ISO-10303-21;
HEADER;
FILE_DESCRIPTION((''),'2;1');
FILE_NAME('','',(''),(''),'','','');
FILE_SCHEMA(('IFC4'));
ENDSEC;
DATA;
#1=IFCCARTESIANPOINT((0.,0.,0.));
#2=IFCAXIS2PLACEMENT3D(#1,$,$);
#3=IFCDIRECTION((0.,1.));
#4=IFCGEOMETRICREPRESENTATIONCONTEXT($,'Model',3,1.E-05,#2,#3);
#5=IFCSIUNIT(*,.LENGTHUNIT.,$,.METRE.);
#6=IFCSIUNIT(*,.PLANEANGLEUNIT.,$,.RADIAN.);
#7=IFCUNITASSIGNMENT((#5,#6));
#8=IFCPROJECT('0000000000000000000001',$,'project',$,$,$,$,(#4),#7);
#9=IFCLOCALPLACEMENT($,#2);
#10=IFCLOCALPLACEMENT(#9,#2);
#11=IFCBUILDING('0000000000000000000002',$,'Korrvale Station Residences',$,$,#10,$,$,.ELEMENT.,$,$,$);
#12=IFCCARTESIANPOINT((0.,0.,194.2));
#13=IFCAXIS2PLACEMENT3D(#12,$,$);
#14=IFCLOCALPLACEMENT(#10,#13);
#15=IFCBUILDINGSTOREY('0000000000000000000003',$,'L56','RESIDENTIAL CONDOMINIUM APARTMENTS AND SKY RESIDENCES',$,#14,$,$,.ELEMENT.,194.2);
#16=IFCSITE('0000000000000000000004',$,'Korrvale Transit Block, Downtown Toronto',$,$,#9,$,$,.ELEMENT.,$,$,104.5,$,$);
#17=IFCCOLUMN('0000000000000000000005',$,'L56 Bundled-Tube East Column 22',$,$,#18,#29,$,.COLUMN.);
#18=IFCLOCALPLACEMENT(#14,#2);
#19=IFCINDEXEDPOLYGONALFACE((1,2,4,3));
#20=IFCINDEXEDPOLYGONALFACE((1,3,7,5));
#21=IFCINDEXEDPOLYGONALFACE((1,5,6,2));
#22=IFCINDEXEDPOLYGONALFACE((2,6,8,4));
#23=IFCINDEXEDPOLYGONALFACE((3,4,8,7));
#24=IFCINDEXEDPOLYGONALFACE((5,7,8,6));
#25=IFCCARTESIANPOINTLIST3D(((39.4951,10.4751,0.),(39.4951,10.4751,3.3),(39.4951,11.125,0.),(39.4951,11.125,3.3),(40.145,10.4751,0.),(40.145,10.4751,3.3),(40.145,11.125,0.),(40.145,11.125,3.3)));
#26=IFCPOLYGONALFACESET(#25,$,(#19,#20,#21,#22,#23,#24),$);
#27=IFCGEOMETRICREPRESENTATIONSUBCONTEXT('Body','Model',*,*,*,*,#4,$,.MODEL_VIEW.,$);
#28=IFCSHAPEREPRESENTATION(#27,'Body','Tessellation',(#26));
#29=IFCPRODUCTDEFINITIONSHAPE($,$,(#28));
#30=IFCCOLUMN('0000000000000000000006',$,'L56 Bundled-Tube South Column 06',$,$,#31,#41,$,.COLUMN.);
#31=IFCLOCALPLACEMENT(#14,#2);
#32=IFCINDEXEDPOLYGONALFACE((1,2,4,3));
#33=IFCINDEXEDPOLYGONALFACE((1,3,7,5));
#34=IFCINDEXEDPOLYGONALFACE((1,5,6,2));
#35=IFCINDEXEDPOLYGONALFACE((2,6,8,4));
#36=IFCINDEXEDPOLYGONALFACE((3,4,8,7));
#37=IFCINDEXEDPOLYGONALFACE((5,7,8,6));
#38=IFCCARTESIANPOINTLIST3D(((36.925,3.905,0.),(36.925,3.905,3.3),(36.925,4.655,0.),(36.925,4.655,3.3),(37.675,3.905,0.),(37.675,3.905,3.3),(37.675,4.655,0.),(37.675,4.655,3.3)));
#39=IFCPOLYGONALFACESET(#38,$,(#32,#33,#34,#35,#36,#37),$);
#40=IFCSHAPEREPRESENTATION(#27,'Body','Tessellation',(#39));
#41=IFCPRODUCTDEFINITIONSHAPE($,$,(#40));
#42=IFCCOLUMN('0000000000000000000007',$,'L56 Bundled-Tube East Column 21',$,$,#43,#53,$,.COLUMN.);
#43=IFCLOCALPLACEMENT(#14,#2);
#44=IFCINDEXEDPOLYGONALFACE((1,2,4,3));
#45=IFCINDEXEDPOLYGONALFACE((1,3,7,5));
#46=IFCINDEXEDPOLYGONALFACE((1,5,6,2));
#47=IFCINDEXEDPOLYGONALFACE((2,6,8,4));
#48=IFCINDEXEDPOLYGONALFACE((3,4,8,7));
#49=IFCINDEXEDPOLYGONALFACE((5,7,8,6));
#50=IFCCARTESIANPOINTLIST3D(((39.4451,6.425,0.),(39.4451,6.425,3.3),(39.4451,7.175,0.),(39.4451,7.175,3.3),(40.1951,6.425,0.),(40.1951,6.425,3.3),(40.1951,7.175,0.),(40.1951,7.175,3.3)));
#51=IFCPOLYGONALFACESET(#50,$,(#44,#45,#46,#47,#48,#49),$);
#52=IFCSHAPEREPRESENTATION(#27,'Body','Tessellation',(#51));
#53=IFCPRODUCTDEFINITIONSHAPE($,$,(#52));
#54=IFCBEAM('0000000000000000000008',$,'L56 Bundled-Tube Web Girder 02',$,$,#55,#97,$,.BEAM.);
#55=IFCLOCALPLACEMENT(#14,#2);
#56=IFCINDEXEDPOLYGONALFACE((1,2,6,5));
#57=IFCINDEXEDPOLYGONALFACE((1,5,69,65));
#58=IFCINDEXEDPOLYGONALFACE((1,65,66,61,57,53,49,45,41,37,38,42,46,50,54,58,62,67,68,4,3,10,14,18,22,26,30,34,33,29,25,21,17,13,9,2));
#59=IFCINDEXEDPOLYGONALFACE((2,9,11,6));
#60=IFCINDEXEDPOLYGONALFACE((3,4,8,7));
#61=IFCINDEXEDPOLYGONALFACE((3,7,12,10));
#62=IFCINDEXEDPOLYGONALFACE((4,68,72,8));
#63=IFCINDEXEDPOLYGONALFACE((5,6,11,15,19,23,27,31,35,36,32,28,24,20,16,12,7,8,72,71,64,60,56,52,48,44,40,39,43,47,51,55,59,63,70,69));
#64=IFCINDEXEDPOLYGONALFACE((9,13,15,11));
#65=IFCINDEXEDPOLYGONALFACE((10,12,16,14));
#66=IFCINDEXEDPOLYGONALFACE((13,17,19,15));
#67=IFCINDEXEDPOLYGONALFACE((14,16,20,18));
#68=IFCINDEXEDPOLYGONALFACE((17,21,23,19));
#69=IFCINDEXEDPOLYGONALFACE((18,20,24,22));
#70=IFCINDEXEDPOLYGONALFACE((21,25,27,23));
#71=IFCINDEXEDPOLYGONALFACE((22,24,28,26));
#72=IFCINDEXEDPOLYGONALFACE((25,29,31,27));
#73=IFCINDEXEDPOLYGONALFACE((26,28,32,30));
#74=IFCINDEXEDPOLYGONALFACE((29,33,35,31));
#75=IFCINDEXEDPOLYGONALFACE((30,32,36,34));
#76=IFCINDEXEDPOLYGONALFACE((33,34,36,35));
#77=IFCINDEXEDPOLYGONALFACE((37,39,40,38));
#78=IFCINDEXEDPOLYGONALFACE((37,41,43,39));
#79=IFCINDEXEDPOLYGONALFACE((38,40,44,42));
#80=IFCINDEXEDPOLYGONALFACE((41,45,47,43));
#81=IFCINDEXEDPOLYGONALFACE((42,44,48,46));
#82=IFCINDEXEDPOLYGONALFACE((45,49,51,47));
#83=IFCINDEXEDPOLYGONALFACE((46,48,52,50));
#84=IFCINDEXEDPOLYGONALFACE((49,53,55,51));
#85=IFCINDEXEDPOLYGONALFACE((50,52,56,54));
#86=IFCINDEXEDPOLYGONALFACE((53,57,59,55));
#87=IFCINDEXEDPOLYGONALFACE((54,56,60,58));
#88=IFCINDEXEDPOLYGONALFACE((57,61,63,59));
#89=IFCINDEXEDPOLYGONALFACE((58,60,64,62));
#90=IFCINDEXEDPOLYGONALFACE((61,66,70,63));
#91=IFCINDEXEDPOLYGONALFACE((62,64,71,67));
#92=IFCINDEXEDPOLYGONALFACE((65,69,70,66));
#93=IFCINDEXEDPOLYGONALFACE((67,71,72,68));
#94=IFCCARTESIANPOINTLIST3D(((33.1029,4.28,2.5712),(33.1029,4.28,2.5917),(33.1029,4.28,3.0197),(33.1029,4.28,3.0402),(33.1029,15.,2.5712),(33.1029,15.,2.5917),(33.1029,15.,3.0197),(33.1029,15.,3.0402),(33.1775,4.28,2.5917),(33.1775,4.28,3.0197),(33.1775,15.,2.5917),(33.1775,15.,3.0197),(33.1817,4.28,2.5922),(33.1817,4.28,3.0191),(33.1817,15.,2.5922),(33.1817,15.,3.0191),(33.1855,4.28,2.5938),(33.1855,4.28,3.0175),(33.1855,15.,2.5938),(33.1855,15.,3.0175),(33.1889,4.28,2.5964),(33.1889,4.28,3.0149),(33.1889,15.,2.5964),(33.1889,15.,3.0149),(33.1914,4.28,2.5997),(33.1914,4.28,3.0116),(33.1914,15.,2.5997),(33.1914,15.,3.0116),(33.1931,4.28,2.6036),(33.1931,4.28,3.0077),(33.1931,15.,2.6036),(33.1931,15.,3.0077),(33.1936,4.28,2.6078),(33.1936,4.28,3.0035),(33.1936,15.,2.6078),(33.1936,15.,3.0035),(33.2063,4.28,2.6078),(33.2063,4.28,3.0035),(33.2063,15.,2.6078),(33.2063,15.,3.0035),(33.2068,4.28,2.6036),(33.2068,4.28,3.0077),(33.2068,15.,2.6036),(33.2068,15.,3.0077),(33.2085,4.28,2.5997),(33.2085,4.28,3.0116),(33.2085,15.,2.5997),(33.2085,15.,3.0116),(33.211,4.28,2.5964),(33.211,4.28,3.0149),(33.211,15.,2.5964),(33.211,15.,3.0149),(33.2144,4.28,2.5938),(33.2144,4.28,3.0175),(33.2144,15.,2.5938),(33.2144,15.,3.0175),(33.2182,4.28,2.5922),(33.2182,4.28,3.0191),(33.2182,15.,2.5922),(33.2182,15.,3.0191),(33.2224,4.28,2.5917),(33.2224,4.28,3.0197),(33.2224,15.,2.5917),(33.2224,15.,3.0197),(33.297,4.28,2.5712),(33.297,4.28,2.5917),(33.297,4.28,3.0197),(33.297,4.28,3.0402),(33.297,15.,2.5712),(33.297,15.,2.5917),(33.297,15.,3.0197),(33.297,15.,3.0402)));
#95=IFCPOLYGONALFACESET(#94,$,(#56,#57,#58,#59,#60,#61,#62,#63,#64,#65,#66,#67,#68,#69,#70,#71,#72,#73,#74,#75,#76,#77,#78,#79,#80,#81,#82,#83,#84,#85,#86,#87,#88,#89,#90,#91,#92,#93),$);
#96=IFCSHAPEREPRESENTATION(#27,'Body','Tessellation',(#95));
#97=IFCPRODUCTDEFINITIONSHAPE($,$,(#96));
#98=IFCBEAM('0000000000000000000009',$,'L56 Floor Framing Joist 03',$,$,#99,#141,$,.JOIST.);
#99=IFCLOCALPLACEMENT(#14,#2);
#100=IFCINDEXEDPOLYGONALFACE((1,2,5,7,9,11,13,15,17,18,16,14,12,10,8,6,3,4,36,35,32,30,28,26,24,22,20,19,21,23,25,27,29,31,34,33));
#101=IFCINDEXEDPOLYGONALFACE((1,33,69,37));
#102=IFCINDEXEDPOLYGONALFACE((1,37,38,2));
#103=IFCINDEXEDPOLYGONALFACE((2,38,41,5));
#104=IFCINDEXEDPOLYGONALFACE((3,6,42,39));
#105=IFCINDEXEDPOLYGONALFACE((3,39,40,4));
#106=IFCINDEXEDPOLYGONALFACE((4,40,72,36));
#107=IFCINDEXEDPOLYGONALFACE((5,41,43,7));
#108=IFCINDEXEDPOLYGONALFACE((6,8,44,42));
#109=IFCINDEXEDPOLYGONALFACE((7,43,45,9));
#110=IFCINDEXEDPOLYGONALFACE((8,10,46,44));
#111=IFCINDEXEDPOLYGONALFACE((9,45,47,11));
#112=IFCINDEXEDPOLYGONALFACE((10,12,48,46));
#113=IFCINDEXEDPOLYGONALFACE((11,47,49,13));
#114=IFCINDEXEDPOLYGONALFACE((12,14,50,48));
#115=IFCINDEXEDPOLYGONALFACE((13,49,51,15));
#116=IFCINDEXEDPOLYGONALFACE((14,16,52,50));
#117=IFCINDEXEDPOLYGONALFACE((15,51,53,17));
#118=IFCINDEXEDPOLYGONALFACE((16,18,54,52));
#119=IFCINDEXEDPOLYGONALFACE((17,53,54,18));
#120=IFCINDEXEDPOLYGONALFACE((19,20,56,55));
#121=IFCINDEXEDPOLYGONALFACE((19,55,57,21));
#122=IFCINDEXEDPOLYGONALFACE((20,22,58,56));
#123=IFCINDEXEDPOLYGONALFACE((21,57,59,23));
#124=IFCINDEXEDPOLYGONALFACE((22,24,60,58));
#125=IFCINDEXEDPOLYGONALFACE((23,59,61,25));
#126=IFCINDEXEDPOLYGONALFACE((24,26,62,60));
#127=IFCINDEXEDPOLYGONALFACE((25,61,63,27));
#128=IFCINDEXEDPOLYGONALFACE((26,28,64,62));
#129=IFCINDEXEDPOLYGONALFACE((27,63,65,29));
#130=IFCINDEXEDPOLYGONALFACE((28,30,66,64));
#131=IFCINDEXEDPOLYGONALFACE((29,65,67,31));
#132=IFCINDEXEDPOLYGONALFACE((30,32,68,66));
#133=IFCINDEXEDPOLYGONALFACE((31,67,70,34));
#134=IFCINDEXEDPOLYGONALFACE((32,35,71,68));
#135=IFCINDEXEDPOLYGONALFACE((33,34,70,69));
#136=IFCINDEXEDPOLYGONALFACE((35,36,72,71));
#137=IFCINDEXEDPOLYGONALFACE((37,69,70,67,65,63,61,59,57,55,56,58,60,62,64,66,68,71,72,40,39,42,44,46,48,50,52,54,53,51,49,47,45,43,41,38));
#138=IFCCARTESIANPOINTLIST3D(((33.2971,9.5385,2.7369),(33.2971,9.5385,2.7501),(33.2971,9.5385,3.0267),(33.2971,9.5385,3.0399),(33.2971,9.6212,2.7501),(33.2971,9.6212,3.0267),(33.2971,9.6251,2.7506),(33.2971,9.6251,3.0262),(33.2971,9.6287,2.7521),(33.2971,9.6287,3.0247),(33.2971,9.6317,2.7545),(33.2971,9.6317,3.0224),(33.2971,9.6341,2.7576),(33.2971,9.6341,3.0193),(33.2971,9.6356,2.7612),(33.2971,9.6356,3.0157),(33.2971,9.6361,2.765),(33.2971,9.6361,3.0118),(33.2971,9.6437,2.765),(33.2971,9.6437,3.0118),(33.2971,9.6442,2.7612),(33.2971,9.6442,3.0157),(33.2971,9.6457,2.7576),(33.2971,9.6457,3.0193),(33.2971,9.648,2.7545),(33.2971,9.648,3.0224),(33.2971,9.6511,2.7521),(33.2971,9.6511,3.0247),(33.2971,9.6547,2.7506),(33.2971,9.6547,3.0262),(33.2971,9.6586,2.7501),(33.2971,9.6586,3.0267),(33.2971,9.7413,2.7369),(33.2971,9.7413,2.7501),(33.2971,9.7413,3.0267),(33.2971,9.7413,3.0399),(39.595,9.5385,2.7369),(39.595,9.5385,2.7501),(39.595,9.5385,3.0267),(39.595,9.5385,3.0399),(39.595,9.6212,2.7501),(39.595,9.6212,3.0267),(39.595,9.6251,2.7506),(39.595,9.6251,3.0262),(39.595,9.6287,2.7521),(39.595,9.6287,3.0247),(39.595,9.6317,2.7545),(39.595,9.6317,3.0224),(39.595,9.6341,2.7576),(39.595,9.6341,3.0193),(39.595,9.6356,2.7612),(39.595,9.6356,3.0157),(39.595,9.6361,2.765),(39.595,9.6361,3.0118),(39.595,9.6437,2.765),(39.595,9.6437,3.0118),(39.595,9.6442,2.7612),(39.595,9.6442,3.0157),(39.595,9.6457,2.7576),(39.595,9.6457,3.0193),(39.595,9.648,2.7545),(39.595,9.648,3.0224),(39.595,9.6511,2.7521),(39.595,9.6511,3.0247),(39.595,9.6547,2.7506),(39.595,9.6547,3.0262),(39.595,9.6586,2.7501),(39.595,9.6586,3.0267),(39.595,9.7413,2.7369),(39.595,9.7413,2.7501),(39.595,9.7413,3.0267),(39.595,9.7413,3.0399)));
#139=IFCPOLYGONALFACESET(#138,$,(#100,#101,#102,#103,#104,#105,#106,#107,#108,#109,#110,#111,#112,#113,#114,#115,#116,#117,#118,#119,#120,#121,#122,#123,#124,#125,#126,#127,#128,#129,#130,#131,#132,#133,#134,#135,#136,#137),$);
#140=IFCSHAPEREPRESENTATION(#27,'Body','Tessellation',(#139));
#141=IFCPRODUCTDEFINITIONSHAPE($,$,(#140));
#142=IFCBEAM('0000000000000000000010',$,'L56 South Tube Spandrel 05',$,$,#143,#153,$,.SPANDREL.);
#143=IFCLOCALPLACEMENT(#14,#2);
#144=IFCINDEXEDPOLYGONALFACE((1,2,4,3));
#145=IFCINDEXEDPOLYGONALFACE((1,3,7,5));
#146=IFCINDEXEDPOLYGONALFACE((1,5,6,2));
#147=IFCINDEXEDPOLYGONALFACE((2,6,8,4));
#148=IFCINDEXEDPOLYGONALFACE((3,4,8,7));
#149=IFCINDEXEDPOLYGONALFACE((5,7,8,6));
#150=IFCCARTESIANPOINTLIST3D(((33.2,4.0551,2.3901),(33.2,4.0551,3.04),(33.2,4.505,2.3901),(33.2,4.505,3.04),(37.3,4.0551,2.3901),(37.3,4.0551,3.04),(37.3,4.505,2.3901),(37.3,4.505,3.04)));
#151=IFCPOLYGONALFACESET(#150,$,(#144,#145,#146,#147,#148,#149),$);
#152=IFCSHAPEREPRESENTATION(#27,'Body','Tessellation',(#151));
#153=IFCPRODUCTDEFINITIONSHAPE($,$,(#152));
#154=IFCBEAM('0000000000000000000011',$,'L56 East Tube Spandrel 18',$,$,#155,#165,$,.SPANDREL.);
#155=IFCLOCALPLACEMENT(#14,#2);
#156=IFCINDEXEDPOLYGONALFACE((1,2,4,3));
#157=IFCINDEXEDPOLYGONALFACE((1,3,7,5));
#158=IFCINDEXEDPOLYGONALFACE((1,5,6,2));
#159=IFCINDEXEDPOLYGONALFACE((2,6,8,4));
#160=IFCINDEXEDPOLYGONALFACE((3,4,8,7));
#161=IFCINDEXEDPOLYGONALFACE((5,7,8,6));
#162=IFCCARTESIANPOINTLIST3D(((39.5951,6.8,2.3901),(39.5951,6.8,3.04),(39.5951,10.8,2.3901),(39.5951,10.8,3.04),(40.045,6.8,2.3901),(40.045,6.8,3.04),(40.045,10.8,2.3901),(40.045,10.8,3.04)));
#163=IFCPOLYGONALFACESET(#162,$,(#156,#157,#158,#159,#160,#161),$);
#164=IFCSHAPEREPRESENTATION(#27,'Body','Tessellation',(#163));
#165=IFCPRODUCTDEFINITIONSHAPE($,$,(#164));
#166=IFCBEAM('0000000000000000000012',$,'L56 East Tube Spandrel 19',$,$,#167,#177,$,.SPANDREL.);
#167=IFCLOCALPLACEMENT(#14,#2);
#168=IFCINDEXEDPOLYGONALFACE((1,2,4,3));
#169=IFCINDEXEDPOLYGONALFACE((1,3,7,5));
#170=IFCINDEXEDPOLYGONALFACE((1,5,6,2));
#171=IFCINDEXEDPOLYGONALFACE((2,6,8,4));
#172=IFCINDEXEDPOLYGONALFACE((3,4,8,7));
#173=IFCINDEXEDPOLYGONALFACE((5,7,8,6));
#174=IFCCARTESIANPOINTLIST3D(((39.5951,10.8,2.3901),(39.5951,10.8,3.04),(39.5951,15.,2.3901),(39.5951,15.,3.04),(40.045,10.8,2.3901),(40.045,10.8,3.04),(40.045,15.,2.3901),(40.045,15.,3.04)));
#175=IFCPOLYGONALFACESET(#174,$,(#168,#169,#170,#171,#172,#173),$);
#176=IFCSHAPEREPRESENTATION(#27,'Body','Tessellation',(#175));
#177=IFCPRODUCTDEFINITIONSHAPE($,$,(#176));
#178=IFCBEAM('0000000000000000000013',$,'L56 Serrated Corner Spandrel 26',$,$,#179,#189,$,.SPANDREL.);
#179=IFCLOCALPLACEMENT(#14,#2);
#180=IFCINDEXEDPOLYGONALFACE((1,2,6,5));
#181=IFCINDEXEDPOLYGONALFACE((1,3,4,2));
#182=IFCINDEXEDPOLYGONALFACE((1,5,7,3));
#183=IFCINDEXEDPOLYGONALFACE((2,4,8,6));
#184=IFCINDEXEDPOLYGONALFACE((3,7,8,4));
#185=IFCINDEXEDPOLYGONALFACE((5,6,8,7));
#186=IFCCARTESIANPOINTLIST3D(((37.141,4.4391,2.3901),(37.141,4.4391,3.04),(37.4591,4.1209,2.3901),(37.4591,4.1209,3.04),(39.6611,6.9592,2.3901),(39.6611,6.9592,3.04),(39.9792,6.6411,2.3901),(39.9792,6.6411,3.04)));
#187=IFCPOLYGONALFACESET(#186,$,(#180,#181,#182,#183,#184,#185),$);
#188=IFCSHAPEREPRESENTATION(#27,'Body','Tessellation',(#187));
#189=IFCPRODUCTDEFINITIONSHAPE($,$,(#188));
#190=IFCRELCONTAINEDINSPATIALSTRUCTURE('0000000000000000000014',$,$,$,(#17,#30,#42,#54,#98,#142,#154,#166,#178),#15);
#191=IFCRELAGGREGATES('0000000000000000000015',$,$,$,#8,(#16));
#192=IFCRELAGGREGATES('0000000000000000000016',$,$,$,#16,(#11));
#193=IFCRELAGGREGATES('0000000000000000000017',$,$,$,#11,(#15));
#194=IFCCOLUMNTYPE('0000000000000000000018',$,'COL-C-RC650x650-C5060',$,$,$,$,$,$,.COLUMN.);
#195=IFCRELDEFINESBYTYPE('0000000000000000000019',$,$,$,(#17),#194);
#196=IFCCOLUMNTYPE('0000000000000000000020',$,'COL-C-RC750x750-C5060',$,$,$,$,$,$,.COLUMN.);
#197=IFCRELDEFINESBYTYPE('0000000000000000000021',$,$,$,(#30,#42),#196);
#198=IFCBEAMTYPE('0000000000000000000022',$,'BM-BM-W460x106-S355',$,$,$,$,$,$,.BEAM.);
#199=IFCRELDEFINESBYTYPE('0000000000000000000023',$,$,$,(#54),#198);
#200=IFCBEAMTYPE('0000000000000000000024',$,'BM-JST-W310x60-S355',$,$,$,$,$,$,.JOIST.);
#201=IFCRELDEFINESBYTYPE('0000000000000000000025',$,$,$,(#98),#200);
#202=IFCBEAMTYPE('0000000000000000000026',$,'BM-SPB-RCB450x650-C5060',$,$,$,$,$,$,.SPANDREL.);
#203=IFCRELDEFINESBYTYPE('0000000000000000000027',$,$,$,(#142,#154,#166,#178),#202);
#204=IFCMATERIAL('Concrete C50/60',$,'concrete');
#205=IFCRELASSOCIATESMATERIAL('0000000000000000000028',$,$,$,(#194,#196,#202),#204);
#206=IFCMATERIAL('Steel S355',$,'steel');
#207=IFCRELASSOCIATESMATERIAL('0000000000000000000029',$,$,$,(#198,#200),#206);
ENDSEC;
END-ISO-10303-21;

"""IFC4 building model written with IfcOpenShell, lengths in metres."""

from ifc_helpers import new_model, si_unit, direction, frame, origin, origin_2d, place, context, subcontext, project, spatial, rectangle, i_section, extrude, material, material_profile, profile_set, type_object, element, save


model = new_model("IFC4")

# Units and contexts
model_context = context("Model", 3, precision=1e-05, world=origin(), true_north=direction((0.0, 1.0)))
body_context = subcontext(model_context, "Body", "Model", "MODEL_VIEW")
ifc_project = project(units=[si_unit("LENGTHUNIT", "METRE"), si_unit("PLANEANGLEUNIT", "RADIAN")], contexts=[model_context])

# Site, building, storey
site_placement = place(None, origin())
site = spatial("IfcSite", under=ifc_project, at=site_placement, Name="Korrvale Transit Block, Downtown Toronto", CompositionType="ELEMENT", RefElevation=104.5)
building_placement = place(site_placement, origin())
building = spatial("IfcBuilding", under=site, at=building_placement, Name="Korrvale Station Residences", CompositionType="ELEMENT")
storey_placement = place(building_placement, frame((0.0, 0.0, 194.2)))
storey = spatial("IfcBuildingStorey", under=building, at=storey_placement, Name="L56", Description="RESIDENTIAL CONDOMINIUM APARTMENTS AND SKY RESIDENCES", CompositionType="ELEMENT", Elevation=194.2)

# Columns
ifc_material_1 = material(Name="Concrete C50/60", Category="concrete")
ifc_material_profile_1 = material_profile(ifc_material_1, rectangle(XDim=0.6499, YDim=0.6499, at=origin_2d()), Name="RC650x650")
ifc_profile_set_1 = profile_set([ifc_material_profile_1], Name="Concrete C50/60")
column_type_1 = type_object("IfcColumnType", Name="COL-C-RC650x650-C5060", PredefinedType="COLUMN", material=ifc_profile_set_1)
column_placement = place(storey_placement, frame((39.8201, 10.8, 0.0), z_axis=(0.0, 0.0, 1.0), x_axis=(1.0, 0.0, 0.0)))
element("IfcColumn", 1, at=column_placement, inside=storey, type_object=column_type_1, Name="L56 Bundled-Tube East Column 22", PredefinedType="COLUMN", context=body_context, shape_type="SweptSolid", body=[
    extrude(rectangle(XDim=0.6499, YDim=0.6499, at=origin_2d()), origin(), (0.0, 0.0, 1.0), 3.3),
])
ifc_material_profile_2 = material_profile(ifc_material_1, rectangle(XDim=0.75, YDim=0.75, at=origin_2d()), Name="RC750x750")
ifc_profile_set_2 = profile_set([ifc_material_profile_2], Name="Concrete C50/60")
column_type_2 = type_object("IfcColumnType", Name="COL-C-RC750x750-C5060", PredefinedType="COLUMN", material=ifc_profile_set_2)
for number, where, z_axis, x_axis, name in (
    (2, (37.3, 4.28, 0.0), (0.0, 0.0, 1.0), (1.0, 0.0, 0.0), "L56 Bundled-Tube South Column 06"),
    (3, (39.8201, 6.8, 0.0), (0.0, 0.0, 1.0), (1.0, 0.0, 0.0), "L56 Bundled-Tube East Column 21"),
):
    element("IfcColumn", number, at=place(storey_placement, frame(where, z_axis=z_axis, x_axis=x_axis)), inside=storey, type_object=column_type_2, Name=name, PredefinedType="COLUMN", context=body_context, shape_type="SweptSolid", body=[
        extrude(rectangle(XDim=0.75, YDim=0.75, at=origin_2d()), origin(), (0.0, 0.0, 1.0), 3.3),
    ])

# Beams
ifc_material_2 = material(Name="Steel S355", Category="steel")
ifc_material_profile_3 = material_profile(ifc_material_2, i_section(OverallWidth=0.1941, OverallDepth=0.469, WebThickness=0.0127, FlangeThickness=0.0205, FilletRadius=0.0161, at=origin_2d()), Name="W460x106")
ifc_profile_set_3 = profile_set([ifc_material_profile_3], Name="Steel S355")
beam_type_1 = type_object("IfcBeamType", Name="BM-BM-W460x106-S355", PredefinedType="BEAM", material=ifc_profile_set_3)
beam_1_placement = place(storey_placement, frame((33.2, 4.28, 2.8057), z_axis=(0.0, 1.0, 0.0), x_axis=(-1.0, 0.0, 0.0)))
element("IfcBeam", 4, at=beam_1_placement, inside=storey, type_object=beam_type_1, Name="L56 Bundled-Tube Web Girder 02", PredefinedType="BEAM", context=body_context, shape_type="SweptSolid", body=[
    extrude(i_section(OverallWidth=0.1941, OverallDepth=0.469, WebThickness=0.0127, FlangeThickness=0.0205, FilletRadius=0.0161, at=origin_2d()), origin(), (0.0, 0.0, 1.0), 10.72),
])
ifc_material_profile_4 = material_profile(ifc_material_2, i_section(OverallWidth=0.2029, OverallDepth=0.303, WebThickness=0.0076, FlangeThickness=0.0132, FilletRadius=0.0149, at=origin_2d()), Name="W310x60")
ifc_profile_set_4 = profile_set([ifc_material_profile_4], Name="Steel S355")
beam_type_2 = type_object("IfcBeamType", Name="BM-JST-W310x60-S355", PredefinedType="JOIST", material=ifc_profile_set_4)
beam_2_placement = place(storey_placement, frame((33.2971, 9.6399, 2.8884), z_axis=(1.0, 0.0, 0.0), x_axis=(0.0, 1.0, 0.0)))
element("IfcBeam", 5, at=beam_2_placement, inside=storey, type_object=beam_type_2, Name="L56 Floor Framing Joist 03", PredefinedType="JOIST", context=body_context, shape_type="SweptSolid", body=[
    extrude(i_section(OverallWidth=0.2029, OverallDepth=0.303, WebThickness=0.0076, FlangeThickness=0.0132, FilletRadius=0.0149, at=origin_2d()), origin(), (0.0, 0.0, 1.0), 6.2979),
])
ifc_material_profile_5 = material_profile(ifc_material_1, rectangle(XDim=0.45, YDim=0.6499, at=origin_2d()), Name="RCB450x650")
ifc_profile_set_5 = profile_set([ifc_material_profile_5], Name="Concrete C50/60")
beam_type_3 = type_object("IfcBeamType", Name="BM-SPB-RCB450x650-C5060", PredefinedType="SPANDREL", material=ifc_profile_set_5)
beam_3_placement = place(storey_placement, frame((33.2, 4.28, 2.7151), z_axis=(1.0, 0.0, 0.0), x_axis=(0.0, 1.0, 0.0)))
element("IfcBeam", 6, at=beam_3_placement, inside=storey, type_object=beam_type_3, Name="L56 South Tube Spandrel 05", PredefinedType="SPANDREL", context=body_context, shape_type="SweptSolid", body=[
    extrude(rectangle(XDim=0.45, YDim=0.6499, at=origin_2d()), origin(), (0.0, 0.0, 1.0), 4.1001),
])
beam_4_placement = place(storey_placement, frame((39.8201, 6.8, 2.7151), z_axis=(0.0, 1.0, 0.0), x_axis=(-1.0, 0.0, 0.0)))
element("IfcBeam", 7, at=beam_4_placement, inside=storey, type_object=beam_type_3, Name="L56 East Tube Spandrel 18", PredefinedType="SPANDREL", context=body_context, shape_type="SweptSolid", body=[
    extrude(rectangle(XDim=0.45, YDim=0.6499, at=origin_2d()), origin(), (0.0, 0.0, 1.0), 4.0),
])
beam_5_placement = place(storey_placement, frame((39.8201, 10.8, 2.7151), z_axis=(0.0, 1.0, 0.0), x_axis=(-1.0, 0.0, 0.0)))
element("IfcBeam", 8, at=beam_5_placement, inside=storey, type_object=beam_type_3, Name="L56 East Tube Spandrel 19", PredefinedType="SPANDREL", context=body_context, shape_type="SweptSolid", body=[
    extrude(rectangle(XDim=0.45, YDim=0.6499, at=origin_2d()), origin(), (0.0, 0.0, 1.0), 4.2),
])
beam_6_placement = place(storey_placement, frame((37.3, 4.28, 2.7151), z_axis=(0.707107, 0.707107, 0.0), x_axis=(-0.707107, 0.707107, 0.0)))
element("IfcBeam", 9, at=beam_6_placement, inside=storey, type_object=beam_type_3, Name="L56 Serrated Corner Spandrel 26", PredefinedType="SPANDREL", context=body_context, shape_type="SweptSolid", body=[
    extrude(rectangle(XDim=0.45, YDim=0.6499, at=origin_2d()), origin(), (0.0, 0.0, 1.0), 3.564),
])

save(model, "model.ifc")
